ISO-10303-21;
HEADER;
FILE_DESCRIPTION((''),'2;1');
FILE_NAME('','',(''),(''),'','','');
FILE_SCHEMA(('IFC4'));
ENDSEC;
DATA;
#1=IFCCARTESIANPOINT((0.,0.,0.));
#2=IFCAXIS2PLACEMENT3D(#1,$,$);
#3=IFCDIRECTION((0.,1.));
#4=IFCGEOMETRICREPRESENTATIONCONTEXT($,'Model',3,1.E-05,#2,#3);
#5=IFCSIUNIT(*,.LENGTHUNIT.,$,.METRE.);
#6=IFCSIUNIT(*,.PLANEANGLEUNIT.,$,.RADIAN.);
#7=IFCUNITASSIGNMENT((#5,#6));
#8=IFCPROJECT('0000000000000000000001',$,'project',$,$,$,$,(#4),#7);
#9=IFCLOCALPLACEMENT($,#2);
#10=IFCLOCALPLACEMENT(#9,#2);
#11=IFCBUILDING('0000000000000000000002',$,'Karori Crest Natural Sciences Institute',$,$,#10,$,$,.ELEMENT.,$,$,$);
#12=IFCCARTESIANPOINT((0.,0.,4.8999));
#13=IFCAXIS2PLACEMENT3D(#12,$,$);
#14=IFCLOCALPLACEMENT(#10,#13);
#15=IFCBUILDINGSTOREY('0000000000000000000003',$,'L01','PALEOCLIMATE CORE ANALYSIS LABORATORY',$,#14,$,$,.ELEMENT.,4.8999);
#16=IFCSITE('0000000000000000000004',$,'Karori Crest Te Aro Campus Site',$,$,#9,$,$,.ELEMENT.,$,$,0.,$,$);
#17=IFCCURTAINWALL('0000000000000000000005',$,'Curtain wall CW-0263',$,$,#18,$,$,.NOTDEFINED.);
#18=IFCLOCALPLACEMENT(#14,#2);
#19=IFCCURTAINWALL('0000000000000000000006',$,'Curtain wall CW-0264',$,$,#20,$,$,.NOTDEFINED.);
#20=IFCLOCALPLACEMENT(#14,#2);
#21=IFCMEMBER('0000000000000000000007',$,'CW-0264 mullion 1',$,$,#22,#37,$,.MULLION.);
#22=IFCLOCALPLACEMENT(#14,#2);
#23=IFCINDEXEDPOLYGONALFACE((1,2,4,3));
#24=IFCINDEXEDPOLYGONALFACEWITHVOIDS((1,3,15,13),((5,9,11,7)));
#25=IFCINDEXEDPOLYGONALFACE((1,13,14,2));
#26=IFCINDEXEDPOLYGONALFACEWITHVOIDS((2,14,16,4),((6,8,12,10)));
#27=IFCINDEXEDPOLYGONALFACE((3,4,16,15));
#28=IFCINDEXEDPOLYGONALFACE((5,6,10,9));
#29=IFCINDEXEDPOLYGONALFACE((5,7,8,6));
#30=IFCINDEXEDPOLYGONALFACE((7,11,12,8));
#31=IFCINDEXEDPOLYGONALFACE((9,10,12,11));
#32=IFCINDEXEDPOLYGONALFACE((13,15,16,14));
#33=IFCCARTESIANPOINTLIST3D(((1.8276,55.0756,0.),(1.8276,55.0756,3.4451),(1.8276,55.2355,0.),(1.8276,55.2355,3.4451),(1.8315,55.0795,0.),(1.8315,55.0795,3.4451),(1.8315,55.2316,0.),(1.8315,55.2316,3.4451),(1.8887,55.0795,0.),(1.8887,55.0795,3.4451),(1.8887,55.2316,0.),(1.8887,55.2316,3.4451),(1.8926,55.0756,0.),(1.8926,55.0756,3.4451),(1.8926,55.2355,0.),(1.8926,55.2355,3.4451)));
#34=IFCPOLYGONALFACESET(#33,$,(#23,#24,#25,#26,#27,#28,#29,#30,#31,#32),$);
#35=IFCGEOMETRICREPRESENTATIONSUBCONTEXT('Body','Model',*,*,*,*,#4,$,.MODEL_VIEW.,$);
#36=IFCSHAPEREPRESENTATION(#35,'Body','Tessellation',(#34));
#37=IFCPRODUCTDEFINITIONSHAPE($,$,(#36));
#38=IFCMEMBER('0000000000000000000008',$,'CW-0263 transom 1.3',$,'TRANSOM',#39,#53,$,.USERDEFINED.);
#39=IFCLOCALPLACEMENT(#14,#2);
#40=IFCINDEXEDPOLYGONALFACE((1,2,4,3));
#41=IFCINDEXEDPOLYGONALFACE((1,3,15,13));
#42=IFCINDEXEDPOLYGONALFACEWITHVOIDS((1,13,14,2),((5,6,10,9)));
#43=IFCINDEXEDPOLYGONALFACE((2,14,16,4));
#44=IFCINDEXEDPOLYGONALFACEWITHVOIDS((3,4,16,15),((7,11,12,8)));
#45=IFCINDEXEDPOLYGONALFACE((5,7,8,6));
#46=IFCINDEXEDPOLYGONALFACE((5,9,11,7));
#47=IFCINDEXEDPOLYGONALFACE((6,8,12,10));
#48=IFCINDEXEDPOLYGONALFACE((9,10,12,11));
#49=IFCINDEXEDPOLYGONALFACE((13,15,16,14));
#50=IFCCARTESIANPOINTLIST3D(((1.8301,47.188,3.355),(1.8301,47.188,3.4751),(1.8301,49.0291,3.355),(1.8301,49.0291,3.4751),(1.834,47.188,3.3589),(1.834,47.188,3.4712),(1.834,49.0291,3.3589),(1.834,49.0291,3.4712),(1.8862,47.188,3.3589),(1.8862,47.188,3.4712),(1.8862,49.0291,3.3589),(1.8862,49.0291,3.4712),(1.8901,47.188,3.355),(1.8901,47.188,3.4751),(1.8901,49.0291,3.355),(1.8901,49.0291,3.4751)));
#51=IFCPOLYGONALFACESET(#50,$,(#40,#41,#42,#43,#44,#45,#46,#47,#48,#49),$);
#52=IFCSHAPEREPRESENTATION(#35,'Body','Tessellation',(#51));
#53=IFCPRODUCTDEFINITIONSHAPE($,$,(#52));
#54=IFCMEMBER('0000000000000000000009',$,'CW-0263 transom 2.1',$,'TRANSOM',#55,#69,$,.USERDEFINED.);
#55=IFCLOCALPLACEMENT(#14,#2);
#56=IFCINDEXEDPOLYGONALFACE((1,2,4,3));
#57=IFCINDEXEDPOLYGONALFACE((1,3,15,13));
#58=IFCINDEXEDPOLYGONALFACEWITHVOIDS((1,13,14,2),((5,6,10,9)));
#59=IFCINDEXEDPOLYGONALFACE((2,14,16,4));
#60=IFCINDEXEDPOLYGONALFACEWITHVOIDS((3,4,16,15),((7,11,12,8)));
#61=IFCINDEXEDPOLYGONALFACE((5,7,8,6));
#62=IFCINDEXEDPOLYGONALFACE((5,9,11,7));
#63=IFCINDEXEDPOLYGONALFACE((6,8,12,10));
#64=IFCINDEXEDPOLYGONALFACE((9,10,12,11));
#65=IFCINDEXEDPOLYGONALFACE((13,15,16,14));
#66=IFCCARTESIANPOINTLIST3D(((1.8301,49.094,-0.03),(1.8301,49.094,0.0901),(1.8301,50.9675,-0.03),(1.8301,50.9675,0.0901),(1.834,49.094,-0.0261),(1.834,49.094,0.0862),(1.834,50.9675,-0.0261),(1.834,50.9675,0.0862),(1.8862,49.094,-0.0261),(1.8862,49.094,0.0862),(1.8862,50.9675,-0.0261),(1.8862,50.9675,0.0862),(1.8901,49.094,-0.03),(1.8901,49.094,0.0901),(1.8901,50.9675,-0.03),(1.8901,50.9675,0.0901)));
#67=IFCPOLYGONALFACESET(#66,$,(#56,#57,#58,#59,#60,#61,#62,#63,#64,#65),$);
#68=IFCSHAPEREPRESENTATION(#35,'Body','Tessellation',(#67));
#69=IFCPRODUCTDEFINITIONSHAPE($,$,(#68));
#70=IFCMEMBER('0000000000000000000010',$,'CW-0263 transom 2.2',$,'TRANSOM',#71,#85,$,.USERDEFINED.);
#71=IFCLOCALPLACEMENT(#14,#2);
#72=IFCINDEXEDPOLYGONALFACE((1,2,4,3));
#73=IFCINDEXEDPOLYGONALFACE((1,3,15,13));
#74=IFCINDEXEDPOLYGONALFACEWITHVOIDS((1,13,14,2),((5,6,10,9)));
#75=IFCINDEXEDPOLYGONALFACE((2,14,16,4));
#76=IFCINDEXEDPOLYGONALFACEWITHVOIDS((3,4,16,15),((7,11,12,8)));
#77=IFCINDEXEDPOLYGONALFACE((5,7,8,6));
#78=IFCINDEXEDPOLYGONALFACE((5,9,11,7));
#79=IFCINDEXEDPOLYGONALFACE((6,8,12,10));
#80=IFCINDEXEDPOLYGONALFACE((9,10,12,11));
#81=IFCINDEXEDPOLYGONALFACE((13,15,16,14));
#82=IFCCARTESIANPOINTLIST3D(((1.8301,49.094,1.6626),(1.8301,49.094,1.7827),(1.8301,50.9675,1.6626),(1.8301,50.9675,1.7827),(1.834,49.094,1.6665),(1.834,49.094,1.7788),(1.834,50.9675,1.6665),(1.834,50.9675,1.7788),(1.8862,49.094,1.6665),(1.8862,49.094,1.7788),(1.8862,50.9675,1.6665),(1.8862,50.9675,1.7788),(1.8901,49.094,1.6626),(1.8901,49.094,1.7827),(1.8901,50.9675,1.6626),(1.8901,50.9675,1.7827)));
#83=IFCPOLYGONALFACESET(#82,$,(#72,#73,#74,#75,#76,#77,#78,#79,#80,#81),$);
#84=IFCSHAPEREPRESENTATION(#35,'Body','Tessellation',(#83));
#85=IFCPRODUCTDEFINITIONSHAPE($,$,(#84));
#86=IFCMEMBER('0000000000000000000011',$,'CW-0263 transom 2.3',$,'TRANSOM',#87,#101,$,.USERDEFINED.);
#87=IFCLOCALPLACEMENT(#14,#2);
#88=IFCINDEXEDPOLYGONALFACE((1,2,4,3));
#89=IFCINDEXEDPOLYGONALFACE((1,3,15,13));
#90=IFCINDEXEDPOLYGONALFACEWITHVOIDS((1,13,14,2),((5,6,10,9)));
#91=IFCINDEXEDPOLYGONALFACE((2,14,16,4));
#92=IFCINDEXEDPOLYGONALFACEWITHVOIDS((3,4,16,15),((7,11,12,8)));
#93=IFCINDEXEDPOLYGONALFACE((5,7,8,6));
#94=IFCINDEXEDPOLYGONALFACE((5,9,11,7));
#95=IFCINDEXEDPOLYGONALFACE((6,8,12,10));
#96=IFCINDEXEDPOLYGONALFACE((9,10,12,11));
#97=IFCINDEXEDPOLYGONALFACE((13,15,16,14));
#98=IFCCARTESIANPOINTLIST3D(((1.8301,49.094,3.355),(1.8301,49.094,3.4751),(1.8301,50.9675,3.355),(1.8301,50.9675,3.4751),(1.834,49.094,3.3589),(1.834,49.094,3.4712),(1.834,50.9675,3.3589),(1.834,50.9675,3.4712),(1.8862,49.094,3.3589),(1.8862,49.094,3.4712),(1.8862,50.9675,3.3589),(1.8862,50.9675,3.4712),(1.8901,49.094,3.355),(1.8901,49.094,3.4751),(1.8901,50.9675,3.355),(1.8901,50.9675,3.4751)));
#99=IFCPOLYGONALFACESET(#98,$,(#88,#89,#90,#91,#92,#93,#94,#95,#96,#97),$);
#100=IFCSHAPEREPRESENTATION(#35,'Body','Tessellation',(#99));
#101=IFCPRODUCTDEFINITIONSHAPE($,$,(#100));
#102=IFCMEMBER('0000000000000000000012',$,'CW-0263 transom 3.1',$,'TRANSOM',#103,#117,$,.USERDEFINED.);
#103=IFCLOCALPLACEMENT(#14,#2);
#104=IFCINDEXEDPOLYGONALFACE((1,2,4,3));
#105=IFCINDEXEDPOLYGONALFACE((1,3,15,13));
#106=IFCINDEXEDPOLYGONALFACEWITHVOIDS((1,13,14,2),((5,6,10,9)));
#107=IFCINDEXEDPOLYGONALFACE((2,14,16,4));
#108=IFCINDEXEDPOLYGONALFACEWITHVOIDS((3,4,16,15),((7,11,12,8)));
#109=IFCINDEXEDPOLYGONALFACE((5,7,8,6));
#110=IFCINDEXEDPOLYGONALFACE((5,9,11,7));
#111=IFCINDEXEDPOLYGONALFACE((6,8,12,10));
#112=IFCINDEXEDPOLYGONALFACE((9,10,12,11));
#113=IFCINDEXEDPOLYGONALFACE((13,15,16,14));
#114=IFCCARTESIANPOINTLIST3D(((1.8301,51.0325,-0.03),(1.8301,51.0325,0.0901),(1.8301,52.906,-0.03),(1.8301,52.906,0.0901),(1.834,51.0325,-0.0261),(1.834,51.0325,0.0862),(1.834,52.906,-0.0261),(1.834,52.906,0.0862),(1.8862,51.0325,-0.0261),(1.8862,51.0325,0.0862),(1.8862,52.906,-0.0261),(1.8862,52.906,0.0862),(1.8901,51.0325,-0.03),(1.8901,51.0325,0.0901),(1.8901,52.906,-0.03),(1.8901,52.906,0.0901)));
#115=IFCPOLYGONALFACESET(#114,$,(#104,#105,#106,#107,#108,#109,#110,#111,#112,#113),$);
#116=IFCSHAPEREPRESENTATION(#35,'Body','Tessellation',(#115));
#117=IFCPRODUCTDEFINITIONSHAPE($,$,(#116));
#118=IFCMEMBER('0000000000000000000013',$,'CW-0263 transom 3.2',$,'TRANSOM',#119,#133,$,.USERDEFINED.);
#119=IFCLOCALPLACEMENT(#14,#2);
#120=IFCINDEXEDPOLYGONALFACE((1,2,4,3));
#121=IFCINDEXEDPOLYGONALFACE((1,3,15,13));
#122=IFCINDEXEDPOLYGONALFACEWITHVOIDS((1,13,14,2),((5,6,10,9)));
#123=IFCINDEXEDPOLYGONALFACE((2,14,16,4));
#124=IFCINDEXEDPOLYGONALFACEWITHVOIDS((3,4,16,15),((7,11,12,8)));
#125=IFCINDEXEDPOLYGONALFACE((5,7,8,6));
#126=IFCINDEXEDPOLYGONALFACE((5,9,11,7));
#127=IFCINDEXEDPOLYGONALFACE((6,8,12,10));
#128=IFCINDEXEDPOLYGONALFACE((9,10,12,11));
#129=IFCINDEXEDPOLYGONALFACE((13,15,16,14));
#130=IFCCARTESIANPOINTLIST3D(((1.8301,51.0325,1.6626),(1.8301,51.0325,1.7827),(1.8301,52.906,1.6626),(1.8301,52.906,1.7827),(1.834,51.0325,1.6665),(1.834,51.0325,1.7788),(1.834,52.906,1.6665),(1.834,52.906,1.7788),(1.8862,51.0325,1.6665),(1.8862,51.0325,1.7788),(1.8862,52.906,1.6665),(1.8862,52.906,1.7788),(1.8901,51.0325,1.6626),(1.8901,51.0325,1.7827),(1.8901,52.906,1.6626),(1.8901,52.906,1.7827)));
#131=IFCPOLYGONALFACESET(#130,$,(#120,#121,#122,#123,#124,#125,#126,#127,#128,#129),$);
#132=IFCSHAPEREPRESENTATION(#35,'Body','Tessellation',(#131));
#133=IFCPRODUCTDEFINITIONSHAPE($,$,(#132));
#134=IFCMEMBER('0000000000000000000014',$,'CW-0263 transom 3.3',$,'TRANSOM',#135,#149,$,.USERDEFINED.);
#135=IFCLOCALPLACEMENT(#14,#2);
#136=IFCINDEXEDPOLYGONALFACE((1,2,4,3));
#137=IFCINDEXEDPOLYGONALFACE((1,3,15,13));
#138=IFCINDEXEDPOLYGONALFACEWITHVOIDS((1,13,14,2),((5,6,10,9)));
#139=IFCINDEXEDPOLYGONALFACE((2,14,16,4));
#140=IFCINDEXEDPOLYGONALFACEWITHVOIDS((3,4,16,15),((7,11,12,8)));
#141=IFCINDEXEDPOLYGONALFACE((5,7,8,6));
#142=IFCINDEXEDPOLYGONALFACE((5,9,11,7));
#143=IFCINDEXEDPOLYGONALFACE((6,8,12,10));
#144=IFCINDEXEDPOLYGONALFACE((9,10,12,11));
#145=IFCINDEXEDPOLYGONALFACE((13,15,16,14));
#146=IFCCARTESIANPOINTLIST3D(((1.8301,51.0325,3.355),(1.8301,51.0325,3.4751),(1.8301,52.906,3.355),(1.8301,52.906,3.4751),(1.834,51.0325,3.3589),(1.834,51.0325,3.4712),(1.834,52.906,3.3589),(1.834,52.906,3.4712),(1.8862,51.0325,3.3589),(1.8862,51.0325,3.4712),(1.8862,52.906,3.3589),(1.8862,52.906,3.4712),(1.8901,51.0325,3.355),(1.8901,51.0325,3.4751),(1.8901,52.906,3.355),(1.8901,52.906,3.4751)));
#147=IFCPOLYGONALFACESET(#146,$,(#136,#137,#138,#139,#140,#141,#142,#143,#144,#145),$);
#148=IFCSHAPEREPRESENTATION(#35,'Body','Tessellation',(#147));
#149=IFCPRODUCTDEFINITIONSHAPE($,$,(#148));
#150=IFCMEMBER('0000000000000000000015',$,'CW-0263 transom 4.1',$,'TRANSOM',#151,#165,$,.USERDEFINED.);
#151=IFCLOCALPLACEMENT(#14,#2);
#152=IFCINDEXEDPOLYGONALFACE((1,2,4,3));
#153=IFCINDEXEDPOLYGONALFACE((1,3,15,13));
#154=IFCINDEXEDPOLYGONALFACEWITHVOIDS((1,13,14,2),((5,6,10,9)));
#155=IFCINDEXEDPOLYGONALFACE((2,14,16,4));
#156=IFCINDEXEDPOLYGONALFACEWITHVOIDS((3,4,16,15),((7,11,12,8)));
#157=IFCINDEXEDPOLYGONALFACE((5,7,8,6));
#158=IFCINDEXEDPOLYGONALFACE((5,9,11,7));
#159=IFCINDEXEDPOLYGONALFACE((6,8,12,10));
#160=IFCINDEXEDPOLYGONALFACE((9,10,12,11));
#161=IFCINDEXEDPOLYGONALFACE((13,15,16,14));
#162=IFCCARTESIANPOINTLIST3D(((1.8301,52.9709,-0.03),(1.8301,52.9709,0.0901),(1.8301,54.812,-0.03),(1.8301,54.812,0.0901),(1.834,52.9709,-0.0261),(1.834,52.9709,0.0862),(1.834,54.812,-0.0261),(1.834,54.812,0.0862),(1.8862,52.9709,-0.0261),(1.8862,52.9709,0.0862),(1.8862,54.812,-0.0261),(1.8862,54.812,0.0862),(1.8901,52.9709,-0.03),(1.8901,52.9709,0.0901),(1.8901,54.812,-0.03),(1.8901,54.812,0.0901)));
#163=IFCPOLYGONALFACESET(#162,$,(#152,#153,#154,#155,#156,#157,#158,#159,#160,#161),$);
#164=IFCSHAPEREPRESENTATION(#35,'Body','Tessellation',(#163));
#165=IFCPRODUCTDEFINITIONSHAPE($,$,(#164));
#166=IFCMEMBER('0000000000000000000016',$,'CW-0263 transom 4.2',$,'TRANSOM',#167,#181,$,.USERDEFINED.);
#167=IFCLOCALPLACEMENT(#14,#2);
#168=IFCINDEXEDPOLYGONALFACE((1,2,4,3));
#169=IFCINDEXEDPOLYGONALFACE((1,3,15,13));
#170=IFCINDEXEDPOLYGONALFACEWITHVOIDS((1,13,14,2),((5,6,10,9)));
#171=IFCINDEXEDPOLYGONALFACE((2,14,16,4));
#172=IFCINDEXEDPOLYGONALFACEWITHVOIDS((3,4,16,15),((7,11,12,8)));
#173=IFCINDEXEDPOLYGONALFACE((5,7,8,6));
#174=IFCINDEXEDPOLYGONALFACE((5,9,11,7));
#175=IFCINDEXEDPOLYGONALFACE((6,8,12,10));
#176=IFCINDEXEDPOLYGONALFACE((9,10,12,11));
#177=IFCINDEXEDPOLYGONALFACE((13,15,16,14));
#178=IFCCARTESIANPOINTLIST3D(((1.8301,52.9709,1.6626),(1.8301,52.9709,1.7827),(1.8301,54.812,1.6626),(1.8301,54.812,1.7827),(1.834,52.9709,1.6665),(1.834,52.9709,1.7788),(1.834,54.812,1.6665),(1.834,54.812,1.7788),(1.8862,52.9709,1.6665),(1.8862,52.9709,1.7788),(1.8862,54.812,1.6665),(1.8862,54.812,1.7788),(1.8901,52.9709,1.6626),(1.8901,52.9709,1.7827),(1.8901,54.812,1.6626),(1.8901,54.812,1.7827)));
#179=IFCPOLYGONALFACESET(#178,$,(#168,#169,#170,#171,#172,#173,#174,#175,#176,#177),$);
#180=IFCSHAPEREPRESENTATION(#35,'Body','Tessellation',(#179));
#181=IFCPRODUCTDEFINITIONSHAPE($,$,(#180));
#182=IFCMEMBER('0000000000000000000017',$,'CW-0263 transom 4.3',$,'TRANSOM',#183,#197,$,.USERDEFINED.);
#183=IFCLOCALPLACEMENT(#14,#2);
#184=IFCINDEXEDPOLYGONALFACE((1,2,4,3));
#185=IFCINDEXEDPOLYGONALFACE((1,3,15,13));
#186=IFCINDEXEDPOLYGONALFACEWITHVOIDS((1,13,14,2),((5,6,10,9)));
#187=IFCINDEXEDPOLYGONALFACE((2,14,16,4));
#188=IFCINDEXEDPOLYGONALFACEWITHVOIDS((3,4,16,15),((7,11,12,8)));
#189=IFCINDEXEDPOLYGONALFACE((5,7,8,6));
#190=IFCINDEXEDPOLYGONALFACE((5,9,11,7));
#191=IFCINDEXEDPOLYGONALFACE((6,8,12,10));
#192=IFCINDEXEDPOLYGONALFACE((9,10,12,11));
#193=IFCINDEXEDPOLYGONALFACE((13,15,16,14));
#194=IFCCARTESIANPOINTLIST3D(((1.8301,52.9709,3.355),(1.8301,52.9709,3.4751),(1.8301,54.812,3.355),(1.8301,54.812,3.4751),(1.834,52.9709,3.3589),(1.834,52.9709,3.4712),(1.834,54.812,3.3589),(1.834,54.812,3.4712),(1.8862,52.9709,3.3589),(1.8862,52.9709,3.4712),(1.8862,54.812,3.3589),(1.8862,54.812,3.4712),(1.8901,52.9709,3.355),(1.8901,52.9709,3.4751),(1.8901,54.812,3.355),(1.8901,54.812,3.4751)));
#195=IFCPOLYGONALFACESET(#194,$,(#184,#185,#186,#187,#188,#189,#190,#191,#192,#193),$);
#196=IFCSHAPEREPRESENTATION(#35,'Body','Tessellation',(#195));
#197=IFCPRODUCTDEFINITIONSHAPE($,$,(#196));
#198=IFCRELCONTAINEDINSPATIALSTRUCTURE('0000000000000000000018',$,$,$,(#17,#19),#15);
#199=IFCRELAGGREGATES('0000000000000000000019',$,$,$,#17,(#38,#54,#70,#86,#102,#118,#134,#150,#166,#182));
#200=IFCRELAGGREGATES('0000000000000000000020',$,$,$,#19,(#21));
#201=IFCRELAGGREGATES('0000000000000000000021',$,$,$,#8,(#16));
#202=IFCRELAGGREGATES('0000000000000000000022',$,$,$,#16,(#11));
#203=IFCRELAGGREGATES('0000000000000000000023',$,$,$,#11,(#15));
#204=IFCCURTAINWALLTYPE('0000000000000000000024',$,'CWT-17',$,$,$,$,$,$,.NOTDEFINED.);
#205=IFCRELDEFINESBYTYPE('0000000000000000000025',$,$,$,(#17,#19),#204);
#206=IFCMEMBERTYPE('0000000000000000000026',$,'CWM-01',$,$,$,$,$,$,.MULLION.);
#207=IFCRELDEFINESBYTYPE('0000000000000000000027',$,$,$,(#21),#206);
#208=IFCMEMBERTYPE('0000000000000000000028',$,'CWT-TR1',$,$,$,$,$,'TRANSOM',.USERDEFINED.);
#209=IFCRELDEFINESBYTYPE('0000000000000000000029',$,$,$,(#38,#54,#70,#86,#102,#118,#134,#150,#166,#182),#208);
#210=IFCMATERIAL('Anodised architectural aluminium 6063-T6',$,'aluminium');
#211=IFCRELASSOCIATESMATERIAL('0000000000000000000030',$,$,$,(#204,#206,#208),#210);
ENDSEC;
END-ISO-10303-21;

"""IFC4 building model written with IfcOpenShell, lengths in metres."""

from ifc_helpers import new_model, si_unit, direction, frame, origin, origin_2d, place, context, subcontext, project, spatial, hollow_rectangle, extrude, material, material_profile, profile_set, type_object, element, aggregate, save


model = new_model("IFC4")

# Units and contexts
model_context = context("Model", 3, precision=1e-05, world=origin(), true_north=direction((0.0, 1.0)))
body_context = subcontext(model_context, "Body", "Model", "MODEL_VIEW")
ifc_project = project(units=[si_unit("LENGTHUNIT", "METRE"), si_unit("PLANEANGLEUNIT", "RADIAN")], contexts=[model_context])

# Site, building, storey
site_placement = place(None, origin())
site = spatial("IfcSite", under=ifc_project, at=site_placement, Name="Karori Crest Te Aro Campus Site", CompositionType="ELEMENT", RefElevation=0.0)
building_placement = place(site_placement, origin())
building = spatial("IfcBuilding", under=site, at=building_placement, Name="Karori Crest Natural Sciences Institute", CompositionType="ELEMENT")
storey_placement = place(building_placement, frame((0.0, 0.0, 4.8999)))
storey = spatial("IfcBuildingStorey", under=building, at=storey_placement, Name="L01", Description="PALEOCLIMATE CORE ANALYSIS LABORATORY", CompositionType="ELEMENT", Elevation=4.8999)

# Curtain wall
ifc_material_1 = material(Name="Anodised architectural aluminium 6063-T6", Category="aluminium")
curtain_wall_type = type_object("IfcCurtainWallType", Name="CWT-17", PredefinedType="NOTDEFINED", material=ifc_material_1)
curtain_wall_1_placement = place(storey_placement, origin())
curtain_wall_1 = element("IfcCurtainWall", 1, at=curtain_wall_1_placement, inside=storey, type_object=curtain_wall_type, Name="Curtain wall CW-0263", PredefinedType="NOTDEFINED")
ifc_material_profile_1 = material_profile(ifc_material_1, hollow_rectangle(XDim=0.0649, YDim=0.1599, WallThickness=0.0039, at=origin_2d()), Name="CWM160x65x4")
ifc_profile_set_1 = profile_set([ifc_material_profile_1], Name="Anodised architectural aluminium 6063-T6")
member_type_1 = type_object("IfcMemberType", Name="CWM-01", PredefinedType="MULLION", material=ifc_profile_set_1)

# Curtain wall, member
curtain_wall_2_placement = place(storey_placement, origin())
curtain_wall_2 = element("IfcCurtainWall", 2, at=curtain_wall_2_placement, inside=storey, type_object=curtain_wall_type, Name="Curtain wall CW-0264", PredefinedType="NOTDEFINED")
member_1_placement = place(storey_placement, frame((1.8601, 55.1555, 0.0), z_axis=(0.0, 0.0, 1.0), x_axis=(-1.0, 0.0, 0.0)))
member_1 = element("IfcMember", 3, at=member_1_placement, type_object=member_type_1, Name="CW-0264 mullion 1", PredefinedType="MULLION", context=body_context, shape_type="SweptSolid", body=[
    extrude(hollow_rectangle(XDim=0.0649, YDim=0.1599, WallThickness=0.0039, at=origin_2d()), origin(), (0.0, 0.0, 1.0), 3.4451),
])

# Members
ifc_material_profile_2 = material_profile(ifc_material_1, hollow_rectangle(XDim=0.0601, YDim=0.1201, WallThickness=0.0039, at=origin_2d()), Name="CWT120x60x4")
ifc_profile_set_2 = profile_set([ifc_material_profile_2], Name="Anodised architectural aluminium 6063-T6")
member_type_2 = type_object("IfcMemberType", Name="CWT-TR1", ElementType="TRANSOM", PredefinedType="USERDEFINED", material=ifc_profile_set_2)
member_2_placement = place(storey_placement, frame((1.8601, 47.188, 3.415), z_axis=(0.0, 1.0, 0.0), x_axis=(-1.0, 0.0, 0.0)))
member_2 = element("IfcMember", 4, at=member_2_placement, type_object=member_type_2, Name="CW-0263 transom 1.3", ObjectType="TRANSOM", PredefinedType="USERDEFINED", context=body_context, shape_type="SweptSolid", body=[
    extrude(hollow_rectangle(XDim=0.0601, YDim=0.1201, WallThickness=0.0039, at=origin_2d()), origin(), (0.0, 0.0, 1.0), 1.8411),
])
member_3_placement = place(storey_placement, frame((1.8601, 49.094, 0.03), z_axis=(0.0, 1.0, 0.0), x_axis=(-1.0, 0.0, 0.0)))
member_3 = element("IfcMember", 5, at=member_3_placement, type_object=member_type_2, Name="CW-0263 transom 2.1", ObjectType="TRANSOM", PredefinedType="USERDEFINED", context=body_context, shape_type="SweptSolid", body=[
    extrude(hollow_rectangle(XDim=0.0601, YDim=0.1201, WallThickness=0.0039, at=origin_2d()), origin(), (0.0, 0.0, 1.0), 1.8735),
])
member_4_placement = place(storey_placement, frame((1.8601, 49.094, 1.7227), z_axis=(0.0, 1.0, 0.0), x_axis=(-1.0, 0.0, 0.0)))
member_4 = element("IfcMember", 6, at=member_4_placement, type_object=member_type_2, Name="CW-0263 transom 2.2", ObjectType="TRANSOM", PredefinedType="USERDEFINED", context=body_context, shape_type="SweptSolid", body=[
    extrude(hollow_rectangle(XDim=0.0601, YDim=0.1201, WallThickness=0.0039, at=origin_2d()), origin(), (0.0, 0.0, 1.0), 1.8735),
])
member_5_placement = place(storey_placement, frame((1.8601, 49.094, 3.415), z_axis=(0.0, 1.0, 0.0), x_axis=(-1.0, 0.0, 0.0)))
member_5 = element("IfcMember", 7, at=member_5_placement, type_object=member_type_2, Name="CW-0263 transom 2.3", ObjectType="TRANSOM", PredefinedType="USERDEFINED", context=body_context, shape_type="SweptSolid", body=[
    extrude(hollow_rectangle(XDim=0.0601, YDim=0.1201, WallThickness=0.0039, at=origin_2d()), origin(), (0.0, 0.0, 1.0), 1.8735),
])
member_6_placement = place(storey_placement, frame((1.8601, 51.0325, 0.03), z_axis=(0.0, 1.0, 0.0), x_axis=(-1.0, 0.0, 0.0)))
member_6 = element("IfcMember", 8, at=member_6_placement, type_object=member_type_2, Name="CW-0263 transom 3.1", ObjectType="TRANSOM", PredefinedType="USERDEFINED", context=body_context, shape_type="SweptSolid", body=[
    extrude(hollow_rectangle(XDim=0.0601, YDim=0.1201, WallThickness=0.0039, at=origin_2d()), origin(), (0.0, 0.0, 1.0), 1.8735),
])
member_7_placement = place(storey_placement, frame((1.8601, 51.0325, 1.7227), z_axis=(0.0, 1.0, 0.0), x_axis=(-1.0, 0.0, 0.0)))
member_7 = element("IfcMember", 9, at=member_7_placement, type_object=member_type_2, Name="CW-0263 transom 3.2", ObjectType="TRANSOM", PredefinedType="USERDEFINED", context=body_context, shape_type="SweptSolid", body=[
    extrude(hollow_rectangle(XDim=0.0601, YDim=0.1201, WallThickness=0.0039, at=origin_2d()), origin(), (0.0, 0.0, 1.0), 1.8735),
])
member_8_placement = place(storey_placement, frame((1.8601, 51.0325, 3.415), z_axis=(0.0, 1.0, 0.0), x_axis=(-1.0, 0.0, 0.0)))
member_8 = element("IfcMember", 10, at=member_8_placement, type_object=member_type_2, Name="CW-0263 transom 3.3", ObjectType="TRANSOM", PredefinedType="USERDEFINED", context=body_context, shape_type="SweptSolid", body=[
    extrude(hollow_rectangle(XDim=0.0601, YDim=0.1201, WallThickness=0.0039, at=origin_2d()), origin(), (0.0, 0.0, 1.0), 1.8735),
])
member_9_placement = place(storey_placement, frame((1.8601, 52.9709, 0.03), z_axis=(0.0, 1.0, 0.0), x_axis=(-1.0, 0.0, 0.0)))
member_9 = element("IfcMember", 11, at=member_9_placement, type_object=member_type_2, Name="CW-0263 transom 4.1", ObjectType="TRANSOM", PredefinedType="USERDEFINED", context=body_context, shape_type="SweptSolid", body=[
    extrude(hollow_rectangle(XDim=0.0601, YDim=0.1201, WallThickness=0.0039, at=origin_2d()), origin(), (0.0, 0.0, 1.0), 1.8411),
])
member_10_placement = place(storey_placement, frame((1.8601, 52.9709, 1.7227), z_axis=(0.0, 1.0, 0.0), x_axis=(-1.0, 0.0, 0.0)))
member_10 = element("IfcMember", 12, at=member_10_placement, type_object=member_type_2, Name="CW-0263 transom 4.2", ObjectType="TRANSOM", PredefinedType="USERDEFINED", context=body_context, shape_type="SweptSolid", body=[
    extrude(hollow_rectangle(XDim=0.0601, YDim=0.1201, WallThickness=0.0039, at=origin_2d()), origin(), (0.0, 0.0, 1.0), 1.8411),
])
member_11_placement = place(storey_placement, frame((1.8601, 52.9709, 3.415), z_axis=(0.0, 1.0, 0.0), x_axis=(-1.0, 0.0, 0.0)))
member_11 = element("IfcMember", 13, at=member_11_placement, type_object=member_type_2, Name="CW-0263 transom 4.3", ObjectType="TRANSOM", PredefinedType="USERDEFINED", context=body_context, shape_type="SweptSolid", body=[
    extrude(hollow_rectangle(XDim=0.0601, YDim=0.1201, WallThickness=0.0039, at=origin_2d()), origin(), (0.0, 0.0, 1.0), 1.8411),
])

aggregate(curtain_wall_1, [member_2, member_3, member_4, member_5, member_6, member_7, member_8, member_9, member_10, member_11])
aggregate(curtain_wall_2, [member_1])

save(model, "model.ifc")
